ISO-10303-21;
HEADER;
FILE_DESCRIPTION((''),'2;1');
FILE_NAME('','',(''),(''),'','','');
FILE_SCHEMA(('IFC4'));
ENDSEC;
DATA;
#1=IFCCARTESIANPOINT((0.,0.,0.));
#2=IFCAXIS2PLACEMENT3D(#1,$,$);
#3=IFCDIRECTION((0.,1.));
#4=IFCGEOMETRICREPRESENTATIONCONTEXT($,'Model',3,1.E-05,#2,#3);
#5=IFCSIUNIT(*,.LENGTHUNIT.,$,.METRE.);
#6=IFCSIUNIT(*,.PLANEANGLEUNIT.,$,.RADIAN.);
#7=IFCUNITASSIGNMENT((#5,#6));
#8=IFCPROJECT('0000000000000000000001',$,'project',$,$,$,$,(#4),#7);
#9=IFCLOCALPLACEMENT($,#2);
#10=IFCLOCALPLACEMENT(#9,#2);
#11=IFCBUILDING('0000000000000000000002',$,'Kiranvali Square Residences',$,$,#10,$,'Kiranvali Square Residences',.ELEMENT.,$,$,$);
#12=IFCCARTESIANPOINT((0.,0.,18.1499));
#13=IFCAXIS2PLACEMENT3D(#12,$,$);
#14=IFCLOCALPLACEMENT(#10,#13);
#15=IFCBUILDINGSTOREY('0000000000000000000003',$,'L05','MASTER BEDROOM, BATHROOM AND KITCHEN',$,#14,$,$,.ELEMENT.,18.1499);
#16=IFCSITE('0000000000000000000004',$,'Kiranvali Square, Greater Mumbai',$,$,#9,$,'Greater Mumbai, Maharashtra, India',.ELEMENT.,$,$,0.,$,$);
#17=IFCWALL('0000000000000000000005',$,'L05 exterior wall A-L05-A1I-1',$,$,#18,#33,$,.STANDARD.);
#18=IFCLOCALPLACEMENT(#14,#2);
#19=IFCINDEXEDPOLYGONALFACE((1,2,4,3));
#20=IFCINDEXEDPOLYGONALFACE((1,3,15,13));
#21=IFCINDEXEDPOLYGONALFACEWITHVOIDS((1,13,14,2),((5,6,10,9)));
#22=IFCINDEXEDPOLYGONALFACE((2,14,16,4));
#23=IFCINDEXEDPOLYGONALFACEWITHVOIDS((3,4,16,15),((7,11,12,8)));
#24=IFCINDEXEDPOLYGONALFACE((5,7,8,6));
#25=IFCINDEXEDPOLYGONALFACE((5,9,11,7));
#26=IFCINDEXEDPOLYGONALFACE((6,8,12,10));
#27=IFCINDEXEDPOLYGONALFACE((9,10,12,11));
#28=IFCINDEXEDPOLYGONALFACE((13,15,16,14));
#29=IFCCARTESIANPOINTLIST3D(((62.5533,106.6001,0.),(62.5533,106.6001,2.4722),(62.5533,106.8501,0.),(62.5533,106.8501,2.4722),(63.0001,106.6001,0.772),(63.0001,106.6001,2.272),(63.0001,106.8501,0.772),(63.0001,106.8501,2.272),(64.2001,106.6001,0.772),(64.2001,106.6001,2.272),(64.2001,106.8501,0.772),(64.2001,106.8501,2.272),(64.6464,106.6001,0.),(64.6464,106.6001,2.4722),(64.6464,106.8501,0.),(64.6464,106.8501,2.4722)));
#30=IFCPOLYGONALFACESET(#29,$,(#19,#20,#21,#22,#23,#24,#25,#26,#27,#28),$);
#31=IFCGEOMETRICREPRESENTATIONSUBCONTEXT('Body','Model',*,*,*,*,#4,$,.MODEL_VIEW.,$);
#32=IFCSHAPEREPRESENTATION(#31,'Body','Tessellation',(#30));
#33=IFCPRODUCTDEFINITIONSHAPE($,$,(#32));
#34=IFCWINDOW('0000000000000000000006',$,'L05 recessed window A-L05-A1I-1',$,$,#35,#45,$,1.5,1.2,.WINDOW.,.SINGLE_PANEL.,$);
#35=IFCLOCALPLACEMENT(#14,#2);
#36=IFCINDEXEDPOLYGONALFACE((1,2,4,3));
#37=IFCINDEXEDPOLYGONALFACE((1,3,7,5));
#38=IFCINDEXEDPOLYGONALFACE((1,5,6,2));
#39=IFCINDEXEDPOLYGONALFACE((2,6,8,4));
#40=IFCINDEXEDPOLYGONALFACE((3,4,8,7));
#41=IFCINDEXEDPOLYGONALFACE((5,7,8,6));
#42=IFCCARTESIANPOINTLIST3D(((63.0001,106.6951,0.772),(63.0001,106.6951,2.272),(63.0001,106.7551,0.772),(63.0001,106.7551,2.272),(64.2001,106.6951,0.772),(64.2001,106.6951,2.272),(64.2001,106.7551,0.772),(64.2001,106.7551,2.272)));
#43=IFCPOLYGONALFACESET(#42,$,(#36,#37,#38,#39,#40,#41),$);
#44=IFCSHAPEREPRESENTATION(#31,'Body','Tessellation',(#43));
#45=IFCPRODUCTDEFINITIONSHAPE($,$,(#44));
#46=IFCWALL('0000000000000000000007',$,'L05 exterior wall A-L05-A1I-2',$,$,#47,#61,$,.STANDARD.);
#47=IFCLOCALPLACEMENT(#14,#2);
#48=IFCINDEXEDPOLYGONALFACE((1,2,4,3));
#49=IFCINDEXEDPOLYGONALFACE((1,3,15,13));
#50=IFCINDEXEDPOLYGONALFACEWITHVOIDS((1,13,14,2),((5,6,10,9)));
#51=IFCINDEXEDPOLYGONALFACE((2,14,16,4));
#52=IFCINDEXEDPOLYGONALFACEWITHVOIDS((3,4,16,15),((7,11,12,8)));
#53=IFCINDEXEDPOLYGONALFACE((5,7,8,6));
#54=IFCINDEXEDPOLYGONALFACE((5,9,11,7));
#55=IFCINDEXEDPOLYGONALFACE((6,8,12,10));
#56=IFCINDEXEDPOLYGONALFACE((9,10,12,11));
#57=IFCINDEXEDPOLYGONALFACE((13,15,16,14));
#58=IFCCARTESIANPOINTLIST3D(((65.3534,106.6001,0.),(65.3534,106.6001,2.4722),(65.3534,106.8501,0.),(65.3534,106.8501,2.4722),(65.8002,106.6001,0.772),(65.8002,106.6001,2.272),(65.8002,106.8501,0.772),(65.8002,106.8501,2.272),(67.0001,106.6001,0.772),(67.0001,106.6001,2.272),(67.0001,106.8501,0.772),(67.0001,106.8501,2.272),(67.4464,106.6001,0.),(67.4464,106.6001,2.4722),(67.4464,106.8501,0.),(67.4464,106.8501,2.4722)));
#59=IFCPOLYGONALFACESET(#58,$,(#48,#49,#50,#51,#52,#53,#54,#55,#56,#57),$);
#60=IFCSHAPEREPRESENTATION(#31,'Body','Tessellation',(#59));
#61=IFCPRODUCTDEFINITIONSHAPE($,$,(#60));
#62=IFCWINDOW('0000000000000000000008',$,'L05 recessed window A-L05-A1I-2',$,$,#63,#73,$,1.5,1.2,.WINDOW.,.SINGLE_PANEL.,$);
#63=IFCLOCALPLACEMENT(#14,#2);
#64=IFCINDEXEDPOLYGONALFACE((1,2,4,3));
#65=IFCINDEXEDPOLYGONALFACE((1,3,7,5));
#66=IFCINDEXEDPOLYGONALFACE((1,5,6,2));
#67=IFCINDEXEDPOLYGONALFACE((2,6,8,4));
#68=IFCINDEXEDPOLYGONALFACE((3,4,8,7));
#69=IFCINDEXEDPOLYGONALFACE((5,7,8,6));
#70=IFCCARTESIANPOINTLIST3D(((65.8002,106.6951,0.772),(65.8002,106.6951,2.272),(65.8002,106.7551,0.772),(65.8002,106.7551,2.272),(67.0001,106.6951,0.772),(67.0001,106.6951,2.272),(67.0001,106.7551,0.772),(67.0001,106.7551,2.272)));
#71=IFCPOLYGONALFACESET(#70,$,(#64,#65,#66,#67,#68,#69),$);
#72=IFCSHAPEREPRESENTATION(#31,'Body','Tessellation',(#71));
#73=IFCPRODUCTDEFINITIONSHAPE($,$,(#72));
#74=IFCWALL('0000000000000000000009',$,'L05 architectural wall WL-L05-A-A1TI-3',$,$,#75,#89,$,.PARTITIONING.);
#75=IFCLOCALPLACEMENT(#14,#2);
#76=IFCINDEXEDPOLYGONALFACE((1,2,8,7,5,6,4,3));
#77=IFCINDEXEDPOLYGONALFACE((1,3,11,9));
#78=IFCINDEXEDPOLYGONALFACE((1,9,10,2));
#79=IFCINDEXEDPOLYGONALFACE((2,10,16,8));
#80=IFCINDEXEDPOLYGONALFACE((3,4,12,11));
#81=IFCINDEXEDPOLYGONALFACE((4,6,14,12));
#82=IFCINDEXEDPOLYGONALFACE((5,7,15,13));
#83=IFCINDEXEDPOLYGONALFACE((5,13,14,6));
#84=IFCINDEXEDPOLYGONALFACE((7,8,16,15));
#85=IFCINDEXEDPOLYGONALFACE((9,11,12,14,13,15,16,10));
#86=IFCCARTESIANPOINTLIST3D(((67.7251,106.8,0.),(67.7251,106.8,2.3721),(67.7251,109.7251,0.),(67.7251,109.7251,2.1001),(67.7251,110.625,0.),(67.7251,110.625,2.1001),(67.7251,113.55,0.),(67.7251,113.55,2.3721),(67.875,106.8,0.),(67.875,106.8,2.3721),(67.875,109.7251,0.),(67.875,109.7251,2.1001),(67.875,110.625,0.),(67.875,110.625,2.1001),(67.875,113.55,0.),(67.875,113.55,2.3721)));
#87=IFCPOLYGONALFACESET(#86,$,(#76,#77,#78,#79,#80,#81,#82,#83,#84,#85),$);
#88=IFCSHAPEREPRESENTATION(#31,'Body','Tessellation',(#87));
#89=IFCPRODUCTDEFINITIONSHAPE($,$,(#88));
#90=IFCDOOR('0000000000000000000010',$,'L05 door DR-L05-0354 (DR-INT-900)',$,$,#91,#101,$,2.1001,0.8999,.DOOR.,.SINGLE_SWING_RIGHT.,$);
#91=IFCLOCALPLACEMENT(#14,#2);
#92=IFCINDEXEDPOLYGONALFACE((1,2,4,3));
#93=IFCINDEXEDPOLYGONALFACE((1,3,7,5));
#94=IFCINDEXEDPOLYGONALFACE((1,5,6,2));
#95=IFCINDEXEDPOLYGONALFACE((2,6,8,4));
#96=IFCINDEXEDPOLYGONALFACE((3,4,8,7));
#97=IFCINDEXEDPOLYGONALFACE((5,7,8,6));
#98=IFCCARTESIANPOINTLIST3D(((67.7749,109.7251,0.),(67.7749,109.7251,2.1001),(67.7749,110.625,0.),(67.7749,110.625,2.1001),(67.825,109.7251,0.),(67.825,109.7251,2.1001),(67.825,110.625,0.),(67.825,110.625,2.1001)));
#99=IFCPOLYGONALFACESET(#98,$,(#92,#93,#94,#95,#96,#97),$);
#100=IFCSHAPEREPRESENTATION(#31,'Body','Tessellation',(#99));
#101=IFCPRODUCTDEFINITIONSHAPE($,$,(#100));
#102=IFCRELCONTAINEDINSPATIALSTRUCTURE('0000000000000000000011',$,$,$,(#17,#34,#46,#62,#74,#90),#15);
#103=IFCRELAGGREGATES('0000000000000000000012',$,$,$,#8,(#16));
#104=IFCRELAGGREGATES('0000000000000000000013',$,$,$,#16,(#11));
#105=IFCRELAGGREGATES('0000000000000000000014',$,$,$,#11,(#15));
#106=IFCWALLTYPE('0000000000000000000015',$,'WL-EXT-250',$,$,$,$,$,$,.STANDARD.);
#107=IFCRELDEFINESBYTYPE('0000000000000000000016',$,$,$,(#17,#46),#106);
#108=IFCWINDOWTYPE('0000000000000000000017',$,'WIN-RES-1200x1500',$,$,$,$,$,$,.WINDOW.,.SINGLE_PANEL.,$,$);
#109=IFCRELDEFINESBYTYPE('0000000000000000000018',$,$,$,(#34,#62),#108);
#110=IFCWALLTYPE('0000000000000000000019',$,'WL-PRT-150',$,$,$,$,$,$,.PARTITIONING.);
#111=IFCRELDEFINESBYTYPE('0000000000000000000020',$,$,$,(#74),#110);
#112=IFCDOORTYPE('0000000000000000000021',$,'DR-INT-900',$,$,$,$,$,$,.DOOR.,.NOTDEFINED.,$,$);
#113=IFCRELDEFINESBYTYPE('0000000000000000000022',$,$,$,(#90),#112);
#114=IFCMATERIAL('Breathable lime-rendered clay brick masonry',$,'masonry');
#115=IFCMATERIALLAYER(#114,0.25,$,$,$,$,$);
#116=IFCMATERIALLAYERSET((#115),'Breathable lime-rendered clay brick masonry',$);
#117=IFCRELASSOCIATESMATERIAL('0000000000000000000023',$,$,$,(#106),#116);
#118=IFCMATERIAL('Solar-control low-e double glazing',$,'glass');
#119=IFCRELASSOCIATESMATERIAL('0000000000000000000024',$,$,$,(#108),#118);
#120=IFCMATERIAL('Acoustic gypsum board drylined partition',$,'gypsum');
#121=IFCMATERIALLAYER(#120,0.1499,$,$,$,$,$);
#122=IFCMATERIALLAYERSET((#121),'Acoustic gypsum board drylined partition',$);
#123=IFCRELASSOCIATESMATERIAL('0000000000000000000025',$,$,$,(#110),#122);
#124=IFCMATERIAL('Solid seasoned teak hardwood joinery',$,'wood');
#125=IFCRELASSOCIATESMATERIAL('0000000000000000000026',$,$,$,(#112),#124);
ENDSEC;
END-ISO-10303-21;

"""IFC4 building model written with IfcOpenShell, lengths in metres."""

from ifc_helpers import new_model, si_unit, direction, frame, frame_2d, origin, place, context, subcontext, project, spatial, rectangle, extrude, material, layer, layer_set, type_object, element, fill, save


model = new_model("IFC4")

# Units and contexts
model_context = context("Model", 3, precision=1e-05, world=origin(), true_north=direction((0.0, 1.0)))
body_context = subcontext(model_context, "Body", "Model", "MODEL_VIEW")
ifc_project = project(units=[si_unit("LENGTHUNIT", "METRE"), si_unit("PLANEANGLEUNIT", "RADIAN")], contexts=[model_context])

# Site, building, storey
site_placement = place(None, origin())
site = spatial("IfcSite", under=ifc_project, at=site_placement, Name="Kiranvali Square, Greater Mumbai", LongName="Greater Mumbai, Maharashtra, India", CompositionType="ELEMENT", RefElevation=0.0)
building_placement = place(site_placement, origin())
building = spatial("IfcBuilding", under=site, at=building_placement, Name="Kiranvali Square Residences", LongName="Kiranvali Square Residences", CompositionType="ELEMENT")
storey_placement = place(building_placement, frame((0.0, 0.0, 18.1499)))
storey = spatial("IfcBuildingStorey", under=building, at=storey_placement, Name="L05", Description="MASTER BEDROOM, BATHROOM AND KITCHEN", CompositionType="ELEMENT", Elevation=18.1499)

# Walls, openings, windows
ifc_material_1 = material(Name="Breathable lime-rendered clay brick masonry", Category="masonry")
ifc_layer_1 = layer(ifc_material_1, 0.25)
ifc_layer_set_1 = layer_set([ifc_layer_1], Name="Breathable lime-rendered clay brick masonry")
wall_type_1 = type_object("IfcWallType", Name="WL-EXT-250", PredefinedType="STANDARD", material=ifc_layer_set_1)
wall_1_placement = place(storey_placement, frame((62.5535, 106.7251, 0.0), z_axis=(0.0, 0.0, 1.0), x_axis=(1.0, 0.0, 0.0)))
wall_1 = element("IfcWall", 1, at=wall_1_placement, inside=storey, type_object=wall_type_1, Name="L05 exterior wall A-L05-A1I-1", PredefinedType="STANDARD", context=body_context, shape_type="SweptSolid", body=[
    extrude(rectangle(XDim=2.093, YDim=0.25, at=frame_2d((1.0464, 0.0))), origin(), (0.0, 0.0, 1.0), 2.4722),
])
opening_1_placement = place(wall_1_placement, frame((0.4465, 0.0, 0.772)))
opening_1 = element("IfcOpeningElement", 2, at=opening_1_placement, cuts=wall_1, PredefinedType="OPENING", context=body_context, shape_type="SweptSolid", body=[
    extrude(rectangle(XDim=1.2, YDim=1.5, at=frame_2d((0.6001, 0.75))), frame((0.0, 0.135, 0.0), z_axis=(0.0, -1.0, 0.0), x_axis=(1.0, 0.0, 0.0)), (0.0, 0.0, 1.0), 0.27),
])
ifc_material_2 = material(Name="Solar-control low-e double glazing", Category="glass")
window_type = type_object("IfcWindowType", Name="WIN-RES-1200x1500", PartitioningType="SINGLE_PANEL", PredefinedType="WINDOW", material=ifc_material_2)
window_1_placement = place(opening_1_placement, origin())
window_1 = element("IfcWindow", 3, at=window_1_placement, inside=storey, type_object=window_type, Name="L05 recessed window A-L05-A1I-1", OverallHeight=1.5, OverallWidth=1.2, PartitioningType="SINGLE_PANEL", PredefinedType="WINDOW", context=body_context, shape_type="SweptSolid", body=[
    extrude(rectangle(XDim=1.2, YDim=1.5, at=frame_2d((0.6001, 0.75))), frame((0.0, 0.03, 0.0), z_axis=(0.0, -1.0, 0.0), x_axis=(1.0, 0.0, 0.0)), (0.0, 0.0, 1.0), 0.0601),
])
fill(opening_1, window_1)
wall_2_placement = place(storey_placement, frame((65.3535, 106.7251, 0.0), z_axis=(0.0, 0.0, 1.0), x_axis=(1.0, 0.0, 0.0)))
wall_2 = element("IfcWall", 4, at=wall_2_placement, inside=storey, type_object=wall_type_1, Name="L05 exterior wall A-L05-A1I-2", PredefinedType="STANDARD", context=body_context, shape_type="SweptSolid", body=[
    extrude(rectangle(XDim=2.093, YDim=0.25, at=frame_2d((1.0464, 0.0))), origin(), (0.0, 0.0, 1.0), 2.4722),
])
opening_2_placement = place(wall_2_placement, frame((0.4465, 0.0, 0.772)))
opening_2 = element("IfcOpeningElement", 5, at=opening_2_placement, cuts=wall_2, PredefinedType="OPENING", context=body_context, shape_type="SweptSolid", body=[
    extrude(rectangle(XDim=1.2, YDim=1.5, at=frame_2d((0.6001, 0.75))), frame((0.0, 0.135, 0.0), z_axis=(0.0, -1.0, 0.0), x_axis=(1.0, 0.0, 0.0)), (0.0, 0.0, 1.0), 0.27),
])
window_2_placement = place(opening_2_placement, origin())
window_2 = element("IfcWindow", 6, at=window_2_placement, inside=storey, type_object=window_type, Name="L05 recessed window A-L05-A1I-2", OverallHeight=1.5, OverallWidth=1.2, PartitioningType="SINGLE_PANEL", PredefinedType="WINDOW", context=body_context, shape_type="SweptSolid", body=[
    extrude(rectangle(XDim=1.2, YDim=1.5, at=frame_2d((0.6001, 0.75))), frame((0.0, 0.03, 0.0), z_axis=(0.0, -1.0, 0.0), x_axis=(1.0, 0.0, 0.0)), (0.0, 0.0, 1.0), 0.0601),
])
fill(opening_2, window_2)

# Wall, opening, door
ifc_material_3 = material(Name="Acoustic gypsum board drylined partition", Category="gypsum")
ifc_layer_2 = layer(ifc_material_3, 0.1499)
ifc_layer_set_2 = layer_set([ifc_layer_2], Name="Acoustic gypsum board drylined partition")
wall_type_2 = type_object("IfcWallType", Name="WL-PRT-150", PredefinedType="PARTITIONING", material=ifc_layer_set_2)
wall_3_placement = place(storey_placement, frame((67.8, 106.8, 0.0), z_axis=(0.0, 0.0, 1.0), x_axis=(0.0, 1.0, 0.0)))
wall_3 = element("IfcWall", 7, at=wall_3_placement, inside=storey, type_object=wall_type_2, Name="L05 architectural wall WL-L05-A-A1TI-3", PredefinedType="PARTITIONING", context=body_context, shape_type="SweptSolid", body=[
    extrude(rectangle(XDim=6.75, YDim=0.1499, at=frame_2d((3.375, 0.0))), origin(), (0.0, 0.0, 1.0), 2.3721),
])
opening_3_placement = place(wall_3_placement, frame((2.925, 0.0, 0.0)))
opening_3 = element("IfcOpeningElement", 8, at=opening_3_placement, cuts=wall_3, PredefinedType="OPENING", context=body_context, shape_type="SweptSolid", body=[
    extrude(rectangle(XDim=0.8999, YDim=2.1001, at=frame_2d((0.45, 1.05))), frame((0.0, 0.085, 0.0), z_axis=(0.0, -1.0, 0.0), x_axis=(1.0, 0.0, 0.0)), (0.0, 0.0, 1.0), 0.1699),
])
ifc_material_4 = material(Name="Solid seasoned teak hardwood joinery", Category="wood")
door_type_1 = type_object("IfcDoorType", Name="DR-INT-900", OperationType="NOTDEFINED", PredefinedType="DOOR", material=ifc_material_4)
door_1_placement = place(opening_3_placement, frame((0.8999, 0.0, 0.0), z_axis=(0.0, 0.0, 1.0), x_axis=(-1.0, 0.0, 0.0)))
door_1 = element("IfcDoor", 9, at=door_1_placement, inside=storey, type_object=door_type_1, Name="L05 door DR-L05-0354 (DR-INT-900)", OperationType="SINGLE_SWING_RIGHT", OverallHeight=2.1001, OverallWidth=0.8999, PredefinedType="DOOR", context=body_context, shape_type="SweptSolid", body=[
    extrude(rectangle(XDim=0.8999, YDim=2.1001, at=frame_2d((0.45, 1.05))), frame((0.0, 0.0249, 0.0), z_axis=(0.0, -1.0, 0.0), x_axis=(1.0, 0.0, 0.0)), (0.0, 0.0, 1.0), 0.05),
])
fill(opening_3, door_1)

save(model, "model.ifc")
